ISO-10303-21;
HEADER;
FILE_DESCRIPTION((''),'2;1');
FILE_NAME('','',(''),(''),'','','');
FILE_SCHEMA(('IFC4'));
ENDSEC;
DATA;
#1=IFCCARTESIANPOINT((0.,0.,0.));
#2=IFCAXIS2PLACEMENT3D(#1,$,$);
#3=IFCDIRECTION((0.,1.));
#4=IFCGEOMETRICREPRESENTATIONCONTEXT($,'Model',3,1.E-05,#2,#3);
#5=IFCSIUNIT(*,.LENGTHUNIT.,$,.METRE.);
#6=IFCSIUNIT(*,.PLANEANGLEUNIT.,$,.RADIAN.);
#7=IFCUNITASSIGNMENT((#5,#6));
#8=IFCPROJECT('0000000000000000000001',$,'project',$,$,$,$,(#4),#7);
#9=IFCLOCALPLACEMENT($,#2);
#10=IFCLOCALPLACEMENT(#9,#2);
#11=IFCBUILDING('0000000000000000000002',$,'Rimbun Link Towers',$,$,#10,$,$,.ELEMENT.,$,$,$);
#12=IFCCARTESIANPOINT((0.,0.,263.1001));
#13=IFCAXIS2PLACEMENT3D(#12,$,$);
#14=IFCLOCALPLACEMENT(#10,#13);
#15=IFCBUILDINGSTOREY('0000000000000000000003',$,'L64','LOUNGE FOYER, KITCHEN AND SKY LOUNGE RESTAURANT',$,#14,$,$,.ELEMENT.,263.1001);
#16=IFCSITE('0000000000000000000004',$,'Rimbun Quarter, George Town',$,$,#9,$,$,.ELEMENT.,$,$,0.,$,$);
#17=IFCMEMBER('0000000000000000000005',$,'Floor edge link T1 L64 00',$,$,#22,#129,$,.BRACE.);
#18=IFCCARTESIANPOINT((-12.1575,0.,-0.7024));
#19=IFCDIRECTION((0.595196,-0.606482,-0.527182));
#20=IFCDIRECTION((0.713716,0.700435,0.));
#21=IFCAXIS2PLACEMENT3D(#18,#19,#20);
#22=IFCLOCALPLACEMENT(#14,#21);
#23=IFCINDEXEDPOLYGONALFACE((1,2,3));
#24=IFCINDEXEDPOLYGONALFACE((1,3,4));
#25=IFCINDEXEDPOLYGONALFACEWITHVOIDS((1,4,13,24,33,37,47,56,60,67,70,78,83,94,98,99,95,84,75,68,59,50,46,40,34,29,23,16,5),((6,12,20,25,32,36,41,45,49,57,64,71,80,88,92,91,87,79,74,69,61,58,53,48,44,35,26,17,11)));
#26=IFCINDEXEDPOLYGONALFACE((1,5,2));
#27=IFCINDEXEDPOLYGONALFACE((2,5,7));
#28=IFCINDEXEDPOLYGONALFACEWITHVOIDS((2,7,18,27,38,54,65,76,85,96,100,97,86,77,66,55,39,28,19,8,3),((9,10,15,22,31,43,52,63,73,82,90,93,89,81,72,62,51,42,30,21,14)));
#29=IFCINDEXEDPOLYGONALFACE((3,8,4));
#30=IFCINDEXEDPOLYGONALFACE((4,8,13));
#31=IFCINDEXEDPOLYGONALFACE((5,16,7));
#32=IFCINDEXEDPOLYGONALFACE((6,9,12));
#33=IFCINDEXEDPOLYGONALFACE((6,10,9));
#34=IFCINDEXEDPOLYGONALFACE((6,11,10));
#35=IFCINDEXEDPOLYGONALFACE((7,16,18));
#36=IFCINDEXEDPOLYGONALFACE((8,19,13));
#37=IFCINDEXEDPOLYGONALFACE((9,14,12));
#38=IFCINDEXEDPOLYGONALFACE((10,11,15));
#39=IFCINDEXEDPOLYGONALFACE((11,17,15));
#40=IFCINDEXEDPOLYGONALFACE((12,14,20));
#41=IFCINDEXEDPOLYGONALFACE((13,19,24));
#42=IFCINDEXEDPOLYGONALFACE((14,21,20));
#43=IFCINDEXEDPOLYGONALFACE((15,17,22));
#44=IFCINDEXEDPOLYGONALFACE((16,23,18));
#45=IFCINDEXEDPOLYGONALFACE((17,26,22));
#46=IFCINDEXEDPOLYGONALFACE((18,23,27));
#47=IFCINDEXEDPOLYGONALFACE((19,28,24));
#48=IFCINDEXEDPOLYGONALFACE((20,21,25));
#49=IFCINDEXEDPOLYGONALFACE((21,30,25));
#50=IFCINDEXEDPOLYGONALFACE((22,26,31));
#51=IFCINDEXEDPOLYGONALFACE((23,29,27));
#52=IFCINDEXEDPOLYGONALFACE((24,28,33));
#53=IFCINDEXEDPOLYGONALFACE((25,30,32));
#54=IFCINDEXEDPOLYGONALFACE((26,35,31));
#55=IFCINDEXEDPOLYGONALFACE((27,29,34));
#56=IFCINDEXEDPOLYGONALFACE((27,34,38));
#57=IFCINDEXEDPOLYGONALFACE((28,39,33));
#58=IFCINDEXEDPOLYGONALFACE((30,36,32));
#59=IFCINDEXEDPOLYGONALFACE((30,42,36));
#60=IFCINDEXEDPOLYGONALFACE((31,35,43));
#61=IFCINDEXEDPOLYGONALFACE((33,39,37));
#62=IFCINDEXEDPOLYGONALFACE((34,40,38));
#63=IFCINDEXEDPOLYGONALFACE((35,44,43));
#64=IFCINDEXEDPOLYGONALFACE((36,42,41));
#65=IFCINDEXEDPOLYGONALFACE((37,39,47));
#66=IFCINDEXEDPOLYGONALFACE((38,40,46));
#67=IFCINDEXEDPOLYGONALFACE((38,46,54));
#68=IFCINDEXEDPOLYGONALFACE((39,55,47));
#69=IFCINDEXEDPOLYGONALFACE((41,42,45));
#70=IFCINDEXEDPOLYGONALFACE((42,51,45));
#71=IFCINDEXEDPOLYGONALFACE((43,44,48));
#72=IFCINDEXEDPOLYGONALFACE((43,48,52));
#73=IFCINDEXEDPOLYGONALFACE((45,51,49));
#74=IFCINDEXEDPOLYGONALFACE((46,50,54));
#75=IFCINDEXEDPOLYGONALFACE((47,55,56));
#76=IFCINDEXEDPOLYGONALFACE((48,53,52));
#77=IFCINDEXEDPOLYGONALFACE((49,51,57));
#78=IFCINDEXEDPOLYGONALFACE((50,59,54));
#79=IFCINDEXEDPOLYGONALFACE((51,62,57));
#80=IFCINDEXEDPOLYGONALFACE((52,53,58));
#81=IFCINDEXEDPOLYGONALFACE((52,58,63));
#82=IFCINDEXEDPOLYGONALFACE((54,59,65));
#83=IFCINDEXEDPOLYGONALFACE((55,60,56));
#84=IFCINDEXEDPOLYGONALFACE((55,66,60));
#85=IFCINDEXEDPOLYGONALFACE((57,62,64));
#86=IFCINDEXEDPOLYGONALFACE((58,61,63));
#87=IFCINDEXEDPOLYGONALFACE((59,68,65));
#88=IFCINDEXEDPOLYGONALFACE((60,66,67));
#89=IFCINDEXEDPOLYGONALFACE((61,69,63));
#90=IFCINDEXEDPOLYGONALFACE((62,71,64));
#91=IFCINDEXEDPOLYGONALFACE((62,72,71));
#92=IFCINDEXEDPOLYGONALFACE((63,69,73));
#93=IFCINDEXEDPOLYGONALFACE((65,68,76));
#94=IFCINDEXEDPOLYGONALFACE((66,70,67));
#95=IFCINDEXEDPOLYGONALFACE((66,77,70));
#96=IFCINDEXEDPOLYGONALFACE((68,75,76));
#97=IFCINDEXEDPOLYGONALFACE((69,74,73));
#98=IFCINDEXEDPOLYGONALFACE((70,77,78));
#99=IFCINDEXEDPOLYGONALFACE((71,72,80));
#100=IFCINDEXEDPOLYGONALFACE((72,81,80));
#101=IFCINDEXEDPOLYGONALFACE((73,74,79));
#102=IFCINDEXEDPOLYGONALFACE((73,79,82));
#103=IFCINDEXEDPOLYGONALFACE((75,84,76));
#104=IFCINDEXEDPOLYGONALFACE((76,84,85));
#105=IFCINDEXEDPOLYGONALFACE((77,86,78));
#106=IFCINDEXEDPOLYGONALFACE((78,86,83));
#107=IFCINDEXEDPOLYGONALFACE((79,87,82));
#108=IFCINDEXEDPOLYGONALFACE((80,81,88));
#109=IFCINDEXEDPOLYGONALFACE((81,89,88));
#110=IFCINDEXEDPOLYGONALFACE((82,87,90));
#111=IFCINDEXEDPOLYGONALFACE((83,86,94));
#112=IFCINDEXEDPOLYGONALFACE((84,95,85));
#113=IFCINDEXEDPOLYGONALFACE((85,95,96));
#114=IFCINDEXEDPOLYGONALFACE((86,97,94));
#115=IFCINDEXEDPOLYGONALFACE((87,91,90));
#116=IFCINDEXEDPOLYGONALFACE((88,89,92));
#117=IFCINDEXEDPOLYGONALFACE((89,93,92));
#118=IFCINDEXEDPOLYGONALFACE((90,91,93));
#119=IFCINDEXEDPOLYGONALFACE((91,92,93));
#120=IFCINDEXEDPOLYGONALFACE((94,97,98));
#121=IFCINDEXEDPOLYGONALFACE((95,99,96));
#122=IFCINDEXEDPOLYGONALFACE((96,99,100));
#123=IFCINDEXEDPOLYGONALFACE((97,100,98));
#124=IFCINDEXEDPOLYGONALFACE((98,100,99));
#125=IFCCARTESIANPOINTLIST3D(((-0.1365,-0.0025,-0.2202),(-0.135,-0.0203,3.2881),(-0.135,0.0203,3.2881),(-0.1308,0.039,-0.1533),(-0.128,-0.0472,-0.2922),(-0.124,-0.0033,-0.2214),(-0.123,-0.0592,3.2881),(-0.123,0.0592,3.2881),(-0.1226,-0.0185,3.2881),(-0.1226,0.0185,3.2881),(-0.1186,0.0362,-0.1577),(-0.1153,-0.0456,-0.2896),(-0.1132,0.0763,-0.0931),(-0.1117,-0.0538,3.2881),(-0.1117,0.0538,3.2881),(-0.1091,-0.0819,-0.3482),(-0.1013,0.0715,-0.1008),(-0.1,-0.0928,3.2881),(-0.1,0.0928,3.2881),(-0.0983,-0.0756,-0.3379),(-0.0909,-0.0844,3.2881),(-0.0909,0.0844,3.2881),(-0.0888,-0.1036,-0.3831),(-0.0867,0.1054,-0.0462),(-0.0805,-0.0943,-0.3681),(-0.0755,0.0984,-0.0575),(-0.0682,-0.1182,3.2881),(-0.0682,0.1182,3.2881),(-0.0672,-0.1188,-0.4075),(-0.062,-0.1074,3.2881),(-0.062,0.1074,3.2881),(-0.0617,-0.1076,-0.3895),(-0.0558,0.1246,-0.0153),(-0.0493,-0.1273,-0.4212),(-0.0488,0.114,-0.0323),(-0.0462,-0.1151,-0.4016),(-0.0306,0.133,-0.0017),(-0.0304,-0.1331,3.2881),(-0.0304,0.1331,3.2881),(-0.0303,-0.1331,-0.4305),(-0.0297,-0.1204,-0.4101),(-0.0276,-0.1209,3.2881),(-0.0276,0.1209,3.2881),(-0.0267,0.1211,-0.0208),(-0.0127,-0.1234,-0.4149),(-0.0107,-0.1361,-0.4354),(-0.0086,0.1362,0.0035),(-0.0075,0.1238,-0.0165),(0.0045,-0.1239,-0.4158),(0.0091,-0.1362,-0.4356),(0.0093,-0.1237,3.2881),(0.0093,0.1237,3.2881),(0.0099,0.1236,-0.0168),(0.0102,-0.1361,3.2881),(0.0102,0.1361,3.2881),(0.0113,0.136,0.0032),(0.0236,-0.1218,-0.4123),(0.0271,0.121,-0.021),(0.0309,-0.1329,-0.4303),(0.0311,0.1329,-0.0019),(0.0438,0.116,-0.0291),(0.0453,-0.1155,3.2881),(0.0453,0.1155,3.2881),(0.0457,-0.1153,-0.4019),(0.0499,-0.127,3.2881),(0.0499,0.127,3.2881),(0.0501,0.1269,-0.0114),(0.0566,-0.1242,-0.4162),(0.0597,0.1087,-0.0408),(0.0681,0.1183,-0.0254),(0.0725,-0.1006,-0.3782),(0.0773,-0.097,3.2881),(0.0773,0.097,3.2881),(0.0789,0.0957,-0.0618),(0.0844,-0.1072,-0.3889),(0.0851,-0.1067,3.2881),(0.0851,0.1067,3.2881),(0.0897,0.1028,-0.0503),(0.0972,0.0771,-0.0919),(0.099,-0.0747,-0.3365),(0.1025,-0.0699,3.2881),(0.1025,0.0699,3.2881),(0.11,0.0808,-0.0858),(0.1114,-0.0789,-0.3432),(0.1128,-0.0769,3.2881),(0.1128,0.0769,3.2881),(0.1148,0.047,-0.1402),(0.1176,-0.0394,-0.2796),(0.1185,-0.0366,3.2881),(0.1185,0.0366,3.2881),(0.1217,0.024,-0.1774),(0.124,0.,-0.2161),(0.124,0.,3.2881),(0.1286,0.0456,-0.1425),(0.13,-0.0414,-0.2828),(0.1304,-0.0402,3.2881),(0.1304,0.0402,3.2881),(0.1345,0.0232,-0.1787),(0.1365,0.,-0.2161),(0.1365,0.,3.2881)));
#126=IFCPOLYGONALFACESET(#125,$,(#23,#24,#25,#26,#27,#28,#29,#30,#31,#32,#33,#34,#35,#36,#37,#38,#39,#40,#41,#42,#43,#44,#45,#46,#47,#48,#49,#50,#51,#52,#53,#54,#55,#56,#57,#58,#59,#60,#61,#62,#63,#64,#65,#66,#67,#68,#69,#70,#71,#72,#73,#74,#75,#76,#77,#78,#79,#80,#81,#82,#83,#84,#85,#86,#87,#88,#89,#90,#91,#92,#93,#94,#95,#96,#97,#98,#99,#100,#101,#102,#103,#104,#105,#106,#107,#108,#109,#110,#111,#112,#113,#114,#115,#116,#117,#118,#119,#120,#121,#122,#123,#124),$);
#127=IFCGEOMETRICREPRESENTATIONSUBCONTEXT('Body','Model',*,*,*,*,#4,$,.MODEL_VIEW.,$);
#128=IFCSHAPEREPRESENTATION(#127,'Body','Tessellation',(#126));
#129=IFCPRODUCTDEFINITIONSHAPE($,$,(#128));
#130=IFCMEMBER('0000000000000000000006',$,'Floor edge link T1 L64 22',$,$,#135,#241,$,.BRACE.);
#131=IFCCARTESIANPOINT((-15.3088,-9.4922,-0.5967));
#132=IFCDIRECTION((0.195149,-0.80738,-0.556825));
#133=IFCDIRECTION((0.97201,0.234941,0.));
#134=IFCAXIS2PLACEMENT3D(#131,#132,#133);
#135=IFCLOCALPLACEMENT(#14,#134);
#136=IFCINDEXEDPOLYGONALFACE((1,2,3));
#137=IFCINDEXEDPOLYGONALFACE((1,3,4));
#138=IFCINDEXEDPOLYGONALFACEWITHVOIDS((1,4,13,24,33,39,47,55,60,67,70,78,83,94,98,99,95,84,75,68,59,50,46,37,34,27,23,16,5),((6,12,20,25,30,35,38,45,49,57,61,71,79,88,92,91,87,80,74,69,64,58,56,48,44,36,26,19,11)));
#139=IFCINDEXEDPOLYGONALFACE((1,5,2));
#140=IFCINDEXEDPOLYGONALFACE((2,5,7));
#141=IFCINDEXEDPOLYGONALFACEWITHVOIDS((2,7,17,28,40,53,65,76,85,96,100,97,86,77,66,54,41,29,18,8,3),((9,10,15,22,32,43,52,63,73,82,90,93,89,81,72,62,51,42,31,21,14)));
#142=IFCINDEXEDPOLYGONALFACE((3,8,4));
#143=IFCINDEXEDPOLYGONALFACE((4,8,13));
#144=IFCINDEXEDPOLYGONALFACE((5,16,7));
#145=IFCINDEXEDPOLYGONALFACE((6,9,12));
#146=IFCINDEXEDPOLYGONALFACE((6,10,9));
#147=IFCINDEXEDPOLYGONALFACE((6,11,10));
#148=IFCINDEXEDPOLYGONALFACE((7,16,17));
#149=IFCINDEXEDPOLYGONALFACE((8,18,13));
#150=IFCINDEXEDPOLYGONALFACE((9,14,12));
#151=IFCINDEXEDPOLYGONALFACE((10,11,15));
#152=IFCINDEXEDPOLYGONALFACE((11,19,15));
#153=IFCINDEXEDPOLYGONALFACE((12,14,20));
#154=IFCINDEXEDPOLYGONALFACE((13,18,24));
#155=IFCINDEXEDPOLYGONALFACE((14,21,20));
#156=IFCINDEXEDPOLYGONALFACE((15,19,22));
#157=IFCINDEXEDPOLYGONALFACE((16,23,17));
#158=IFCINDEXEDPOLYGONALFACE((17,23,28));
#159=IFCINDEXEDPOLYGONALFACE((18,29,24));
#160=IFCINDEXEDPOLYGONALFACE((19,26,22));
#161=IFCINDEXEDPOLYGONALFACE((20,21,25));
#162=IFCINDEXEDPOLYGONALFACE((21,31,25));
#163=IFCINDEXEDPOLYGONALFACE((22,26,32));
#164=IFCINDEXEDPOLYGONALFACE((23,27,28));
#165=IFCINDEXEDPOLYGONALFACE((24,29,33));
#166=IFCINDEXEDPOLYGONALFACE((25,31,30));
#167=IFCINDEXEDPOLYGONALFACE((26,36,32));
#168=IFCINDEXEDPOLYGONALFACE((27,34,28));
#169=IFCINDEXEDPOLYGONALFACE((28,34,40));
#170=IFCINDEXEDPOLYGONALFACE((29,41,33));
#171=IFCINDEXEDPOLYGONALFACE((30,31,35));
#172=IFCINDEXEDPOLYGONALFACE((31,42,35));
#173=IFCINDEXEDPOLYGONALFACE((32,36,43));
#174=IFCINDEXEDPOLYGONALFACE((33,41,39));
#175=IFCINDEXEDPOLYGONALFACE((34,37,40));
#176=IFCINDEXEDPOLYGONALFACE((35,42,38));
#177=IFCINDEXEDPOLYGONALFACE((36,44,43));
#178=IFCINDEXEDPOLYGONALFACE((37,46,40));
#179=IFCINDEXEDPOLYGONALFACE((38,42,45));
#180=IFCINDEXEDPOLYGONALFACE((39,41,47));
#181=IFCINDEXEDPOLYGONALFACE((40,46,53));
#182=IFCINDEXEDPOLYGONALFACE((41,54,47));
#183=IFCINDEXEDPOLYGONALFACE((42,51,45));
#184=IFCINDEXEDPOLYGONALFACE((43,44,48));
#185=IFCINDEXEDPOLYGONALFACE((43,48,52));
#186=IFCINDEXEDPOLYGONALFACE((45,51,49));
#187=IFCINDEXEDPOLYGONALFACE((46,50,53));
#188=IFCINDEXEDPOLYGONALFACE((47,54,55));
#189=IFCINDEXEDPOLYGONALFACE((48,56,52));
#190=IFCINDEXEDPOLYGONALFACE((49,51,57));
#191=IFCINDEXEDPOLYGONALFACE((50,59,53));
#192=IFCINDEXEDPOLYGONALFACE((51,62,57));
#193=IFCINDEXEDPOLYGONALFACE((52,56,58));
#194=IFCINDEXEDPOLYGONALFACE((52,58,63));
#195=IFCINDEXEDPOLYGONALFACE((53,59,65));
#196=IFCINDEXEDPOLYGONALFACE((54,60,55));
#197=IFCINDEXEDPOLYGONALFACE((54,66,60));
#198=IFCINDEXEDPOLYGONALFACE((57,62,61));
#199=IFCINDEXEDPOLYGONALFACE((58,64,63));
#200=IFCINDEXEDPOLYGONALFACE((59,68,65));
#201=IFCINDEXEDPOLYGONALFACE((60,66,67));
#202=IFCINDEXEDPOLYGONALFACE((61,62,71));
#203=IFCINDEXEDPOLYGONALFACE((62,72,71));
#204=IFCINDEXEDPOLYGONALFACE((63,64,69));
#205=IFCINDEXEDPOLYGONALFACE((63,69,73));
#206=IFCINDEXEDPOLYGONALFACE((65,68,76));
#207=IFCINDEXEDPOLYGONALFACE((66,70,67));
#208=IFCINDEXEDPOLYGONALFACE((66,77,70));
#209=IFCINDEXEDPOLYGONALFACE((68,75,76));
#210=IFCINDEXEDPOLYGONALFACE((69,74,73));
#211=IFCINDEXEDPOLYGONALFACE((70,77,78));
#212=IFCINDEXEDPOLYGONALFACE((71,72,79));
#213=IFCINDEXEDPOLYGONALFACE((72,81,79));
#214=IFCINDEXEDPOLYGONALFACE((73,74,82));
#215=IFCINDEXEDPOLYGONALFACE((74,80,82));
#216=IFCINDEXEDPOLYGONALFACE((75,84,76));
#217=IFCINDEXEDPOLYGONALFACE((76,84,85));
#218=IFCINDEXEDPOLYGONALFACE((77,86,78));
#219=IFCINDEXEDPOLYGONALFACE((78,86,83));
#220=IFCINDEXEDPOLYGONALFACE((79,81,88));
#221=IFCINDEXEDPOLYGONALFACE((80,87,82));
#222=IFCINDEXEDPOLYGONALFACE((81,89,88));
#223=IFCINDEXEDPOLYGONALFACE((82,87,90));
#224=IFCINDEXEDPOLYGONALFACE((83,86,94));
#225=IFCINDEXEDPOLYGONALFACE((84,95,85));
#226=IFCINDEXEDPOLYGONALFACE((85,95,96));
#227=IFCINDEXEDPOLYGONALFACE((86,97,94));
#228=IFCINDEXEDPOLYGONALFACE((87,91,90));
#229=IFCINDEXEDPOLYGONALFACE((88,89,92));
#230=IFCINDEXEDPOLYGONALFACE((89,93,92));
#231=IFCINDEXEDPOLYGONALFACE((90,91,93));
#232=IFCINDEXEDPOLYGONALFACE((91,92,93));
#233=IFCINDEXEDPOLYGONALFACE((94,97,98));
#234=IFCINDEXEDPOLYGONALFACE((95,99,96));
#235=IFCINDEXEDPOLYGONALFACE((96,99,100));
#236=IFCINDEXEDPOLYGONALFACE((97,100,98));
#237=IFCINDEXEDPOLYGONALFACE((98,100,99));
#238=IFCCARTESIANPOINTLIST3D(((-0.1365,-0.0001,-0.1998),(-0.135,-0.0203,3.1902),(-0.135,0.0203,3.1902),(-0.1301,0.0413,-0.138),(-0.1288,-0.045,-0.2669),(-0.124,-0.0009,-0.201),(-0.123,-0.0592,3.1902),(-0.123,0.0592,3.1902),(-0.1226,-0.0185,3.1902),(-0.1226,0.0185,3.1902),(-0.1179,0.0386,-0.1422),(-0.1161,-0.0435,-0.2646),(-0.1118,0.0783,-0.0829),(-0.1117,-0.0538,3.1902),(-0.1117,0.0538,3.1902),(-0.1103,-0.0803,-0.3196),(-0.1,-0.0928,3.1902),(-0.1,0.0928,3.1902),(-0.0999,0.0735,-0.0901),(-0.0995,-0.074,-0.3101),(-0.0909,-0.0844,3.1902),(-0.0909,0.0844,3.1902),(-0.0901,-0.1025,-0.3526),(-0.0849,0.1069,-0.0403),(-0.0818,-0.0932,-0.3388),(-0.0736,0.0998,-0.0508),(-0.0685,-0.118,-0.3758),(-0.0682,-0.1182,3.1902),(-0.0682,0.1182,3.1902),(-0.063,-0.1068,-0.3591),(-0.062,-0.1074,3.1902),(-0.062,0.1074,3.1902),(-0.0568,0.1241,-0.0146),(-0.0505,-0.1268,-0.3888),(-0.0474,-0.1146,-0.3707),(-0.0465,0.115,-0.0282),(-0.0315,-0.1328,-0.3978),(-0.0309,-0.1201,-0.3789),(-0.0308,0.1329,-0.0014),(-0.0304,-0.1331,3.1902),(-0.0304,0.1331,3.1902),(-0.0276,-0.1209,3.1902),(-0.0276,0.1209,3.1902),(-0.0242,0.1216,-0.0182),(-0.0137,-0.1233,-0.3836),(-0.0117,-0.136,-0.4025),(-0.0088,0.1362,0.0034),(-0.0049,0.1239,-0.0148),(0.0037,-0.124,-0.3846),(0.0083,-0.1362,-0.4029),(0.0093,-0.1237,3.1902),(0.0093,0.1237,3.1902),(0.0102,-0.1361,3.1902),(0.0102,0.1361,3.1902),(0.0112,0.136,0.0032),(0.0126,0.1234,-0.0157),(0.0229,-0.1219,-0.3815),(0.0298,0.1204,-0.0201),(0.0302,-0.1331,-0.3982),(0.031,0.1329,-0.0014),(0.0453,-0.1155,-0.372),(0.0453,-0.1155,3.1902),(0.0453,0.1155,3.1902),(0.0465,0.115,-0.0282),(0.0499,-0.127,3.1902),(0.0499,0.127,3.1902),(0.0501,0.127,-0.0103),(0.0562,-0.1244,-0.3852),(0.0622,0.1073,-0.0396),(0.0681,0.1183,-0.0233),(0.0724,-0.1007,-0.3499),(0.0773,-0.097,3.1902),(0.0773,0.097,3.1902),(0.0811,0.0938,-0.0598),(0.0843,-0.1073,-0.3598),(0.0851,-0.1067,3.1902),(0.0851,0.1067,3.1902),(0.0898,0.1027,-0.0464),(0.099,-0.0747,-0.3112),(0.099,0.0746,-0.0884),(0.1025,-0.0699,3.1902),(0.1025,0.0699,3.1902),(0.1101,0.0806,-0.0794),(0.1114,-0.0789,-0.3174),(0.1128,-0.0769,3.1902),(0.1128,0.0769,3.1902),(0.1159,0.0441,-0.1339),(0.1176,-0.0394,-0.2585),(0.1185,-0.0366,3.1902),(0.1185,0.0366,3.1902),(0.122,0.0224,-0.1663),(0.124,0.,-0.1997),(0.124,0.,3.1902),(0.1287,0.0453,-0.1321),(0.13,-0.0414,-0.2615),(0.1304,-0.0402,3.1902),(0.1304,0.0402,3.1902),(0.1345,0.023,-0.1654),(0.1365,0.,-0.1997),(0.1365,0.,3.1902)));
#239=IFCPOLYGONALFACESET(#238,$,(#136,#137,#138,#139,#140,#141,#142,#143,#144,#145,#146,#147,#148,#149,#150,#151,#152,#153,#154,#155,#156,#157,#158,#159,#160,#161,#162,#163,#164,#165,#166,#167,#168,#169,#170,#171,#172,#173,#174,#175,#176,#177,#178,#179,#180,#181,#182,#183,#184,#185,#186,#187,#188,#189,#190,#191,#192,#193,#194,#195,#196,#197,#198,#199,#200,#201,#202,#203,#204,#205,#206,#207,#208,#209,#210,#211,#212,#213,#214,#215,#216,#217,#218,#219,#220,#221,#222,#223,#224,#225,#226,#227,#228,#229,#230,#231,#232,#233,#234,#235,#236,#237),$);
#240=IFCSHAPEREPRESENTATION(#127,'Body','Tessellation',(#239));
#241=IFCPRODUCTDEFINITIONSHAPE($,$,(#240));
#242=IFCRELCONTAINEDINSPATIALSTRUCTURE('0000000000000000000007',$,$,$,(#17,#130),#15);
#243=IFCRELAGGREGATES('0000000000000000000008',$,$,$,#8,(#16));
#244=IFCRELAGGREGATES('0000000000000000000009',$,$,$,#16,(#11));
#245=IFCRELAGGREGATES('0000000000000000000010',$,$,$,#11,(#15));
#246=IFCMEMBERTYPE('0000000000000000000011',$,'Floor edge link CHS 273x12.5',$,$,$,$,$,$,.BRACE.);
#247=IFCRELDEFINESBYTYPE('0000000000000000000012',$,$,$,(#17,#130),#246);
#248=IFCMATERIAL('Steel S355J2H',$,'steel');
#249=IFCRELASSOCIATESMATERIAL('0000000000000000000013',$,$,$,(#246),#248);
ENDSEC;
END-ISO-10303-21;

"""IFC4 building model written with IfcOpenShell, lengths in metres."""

from ifc_helpers import new_model, si_unit, direction, frame, origin, origin_2d, place, context, subcontext, project, spatial, hollow_circle, extrude, clip, halfspace, material, material_profile, profile_set, type_object, element, save


model = new_model("IFC4")

# Units and contexts
model_context = context("Model", 3, precision=1e-05, world=origin(), true_north=direction((0.0, 1.0)))
body_context = subcontext(model_context, "Body", "Model", "MODEL_VIEW")
ifc_project = project(units=[si_unit("LENGTHUNIT", "METRE"), si_unit("PLANEANGLEUNIT", "RADIAN")], contexts=[model_context])

# Site, building, storey
site_placement = place(None, origin())
site = spatial("IfcSite", under=ifc_project, at=site_placement, Name="Rimbun Quarter, George Town", CompositionType="ELEMENT", RefElevation=0.0)
building_placement = place(site_placement, origin())
building = spatial("IfcBuilding", under=site, at=building_placement, Name="Rimbun Link Towers", CompositionType="ELEMENT")
storey_placement = place(building_placement, frame((0.0, 0.0, 263.1001)))
storey = spatial("IfcBuildingStorey", under=building, at=storey_placement, Name="L64", Description="LOUNGE FOYER, KITCHEN AND SKY LOUNGE RESTAURANT", CompositionType="ELEMENT", Elevation=263.1001)

# Members
ifc_material_1 = material(Name="Steel S355J2H", Category="steel")
ifc_material_profile_1 = material_profile(ifc_material_1, hollow_circle(Radius=0.1365, WallThickness=0.0125, at=origin_2d()), Name="CHS 273x12.5")
ifc_profile_set_1 = profile_set([ifc_material_profile_1], Name="Steel S355J2H")
member_type_1 = type_object("IfcMemberType", Name="Floor edge link CHS 273x12.5", PredefinedType="BRACE", material=ifc_profile_set_1)
member_1_placement = place(storey_placement, frame((-12.1575, 0.0, -0.7024), z_axis=(0.595196, -0.606482, -0.527182), x_axis=(0.713716, 0.700435, 0.0)))
element("IfcMember", 1, at=member_1_placement, inside=storey, type_object=member_type_1, Name="Floor edge link T1 L64 00", PredefinedType="BRACE", context=body_context, shape_type="Clipping", body=[
    clip(extrude(hollow_circle(Radius=0.1365, WallThickness=0.0125, at=origin_2d()), frame((0.0, 0.0, -0.459)), (0.0, 0.0, 1.0), 3.7471), halfspace(frame((0.0, 0.0, -0.2161), z_axis=(0.0, 0.849752, -0.527182)), False)),
])
member_2_placement = place(storey_placement, frame((-15.3088, -9.4922, -0.5967), z_axis=(0.195149, -0.80738, -0.556825), x_axis=(0.97201, 0.234941, 0.0)))
element("IfcMember", 2, at=member_2_placement, inside=storey, type_object=member_type_1, Name="Floor edge link T1 L64 22", PredefinedType="BRACE", context=body_context, shape_type="Clipping", body=[
    clip(extrude(hollow_circle(Radius=0.1365, WallThickness=0.0125, at=origin_2d()), frame((0.0, 0.0, -0.4253)), (0.0, 0.0, 1.0), 3.6155), halfspace(frame((0.0, 0.0, -0.1997), z_axis=(0.0, 0.83063, -0.556825)), False)),
])

save(model, "model.ifc")
